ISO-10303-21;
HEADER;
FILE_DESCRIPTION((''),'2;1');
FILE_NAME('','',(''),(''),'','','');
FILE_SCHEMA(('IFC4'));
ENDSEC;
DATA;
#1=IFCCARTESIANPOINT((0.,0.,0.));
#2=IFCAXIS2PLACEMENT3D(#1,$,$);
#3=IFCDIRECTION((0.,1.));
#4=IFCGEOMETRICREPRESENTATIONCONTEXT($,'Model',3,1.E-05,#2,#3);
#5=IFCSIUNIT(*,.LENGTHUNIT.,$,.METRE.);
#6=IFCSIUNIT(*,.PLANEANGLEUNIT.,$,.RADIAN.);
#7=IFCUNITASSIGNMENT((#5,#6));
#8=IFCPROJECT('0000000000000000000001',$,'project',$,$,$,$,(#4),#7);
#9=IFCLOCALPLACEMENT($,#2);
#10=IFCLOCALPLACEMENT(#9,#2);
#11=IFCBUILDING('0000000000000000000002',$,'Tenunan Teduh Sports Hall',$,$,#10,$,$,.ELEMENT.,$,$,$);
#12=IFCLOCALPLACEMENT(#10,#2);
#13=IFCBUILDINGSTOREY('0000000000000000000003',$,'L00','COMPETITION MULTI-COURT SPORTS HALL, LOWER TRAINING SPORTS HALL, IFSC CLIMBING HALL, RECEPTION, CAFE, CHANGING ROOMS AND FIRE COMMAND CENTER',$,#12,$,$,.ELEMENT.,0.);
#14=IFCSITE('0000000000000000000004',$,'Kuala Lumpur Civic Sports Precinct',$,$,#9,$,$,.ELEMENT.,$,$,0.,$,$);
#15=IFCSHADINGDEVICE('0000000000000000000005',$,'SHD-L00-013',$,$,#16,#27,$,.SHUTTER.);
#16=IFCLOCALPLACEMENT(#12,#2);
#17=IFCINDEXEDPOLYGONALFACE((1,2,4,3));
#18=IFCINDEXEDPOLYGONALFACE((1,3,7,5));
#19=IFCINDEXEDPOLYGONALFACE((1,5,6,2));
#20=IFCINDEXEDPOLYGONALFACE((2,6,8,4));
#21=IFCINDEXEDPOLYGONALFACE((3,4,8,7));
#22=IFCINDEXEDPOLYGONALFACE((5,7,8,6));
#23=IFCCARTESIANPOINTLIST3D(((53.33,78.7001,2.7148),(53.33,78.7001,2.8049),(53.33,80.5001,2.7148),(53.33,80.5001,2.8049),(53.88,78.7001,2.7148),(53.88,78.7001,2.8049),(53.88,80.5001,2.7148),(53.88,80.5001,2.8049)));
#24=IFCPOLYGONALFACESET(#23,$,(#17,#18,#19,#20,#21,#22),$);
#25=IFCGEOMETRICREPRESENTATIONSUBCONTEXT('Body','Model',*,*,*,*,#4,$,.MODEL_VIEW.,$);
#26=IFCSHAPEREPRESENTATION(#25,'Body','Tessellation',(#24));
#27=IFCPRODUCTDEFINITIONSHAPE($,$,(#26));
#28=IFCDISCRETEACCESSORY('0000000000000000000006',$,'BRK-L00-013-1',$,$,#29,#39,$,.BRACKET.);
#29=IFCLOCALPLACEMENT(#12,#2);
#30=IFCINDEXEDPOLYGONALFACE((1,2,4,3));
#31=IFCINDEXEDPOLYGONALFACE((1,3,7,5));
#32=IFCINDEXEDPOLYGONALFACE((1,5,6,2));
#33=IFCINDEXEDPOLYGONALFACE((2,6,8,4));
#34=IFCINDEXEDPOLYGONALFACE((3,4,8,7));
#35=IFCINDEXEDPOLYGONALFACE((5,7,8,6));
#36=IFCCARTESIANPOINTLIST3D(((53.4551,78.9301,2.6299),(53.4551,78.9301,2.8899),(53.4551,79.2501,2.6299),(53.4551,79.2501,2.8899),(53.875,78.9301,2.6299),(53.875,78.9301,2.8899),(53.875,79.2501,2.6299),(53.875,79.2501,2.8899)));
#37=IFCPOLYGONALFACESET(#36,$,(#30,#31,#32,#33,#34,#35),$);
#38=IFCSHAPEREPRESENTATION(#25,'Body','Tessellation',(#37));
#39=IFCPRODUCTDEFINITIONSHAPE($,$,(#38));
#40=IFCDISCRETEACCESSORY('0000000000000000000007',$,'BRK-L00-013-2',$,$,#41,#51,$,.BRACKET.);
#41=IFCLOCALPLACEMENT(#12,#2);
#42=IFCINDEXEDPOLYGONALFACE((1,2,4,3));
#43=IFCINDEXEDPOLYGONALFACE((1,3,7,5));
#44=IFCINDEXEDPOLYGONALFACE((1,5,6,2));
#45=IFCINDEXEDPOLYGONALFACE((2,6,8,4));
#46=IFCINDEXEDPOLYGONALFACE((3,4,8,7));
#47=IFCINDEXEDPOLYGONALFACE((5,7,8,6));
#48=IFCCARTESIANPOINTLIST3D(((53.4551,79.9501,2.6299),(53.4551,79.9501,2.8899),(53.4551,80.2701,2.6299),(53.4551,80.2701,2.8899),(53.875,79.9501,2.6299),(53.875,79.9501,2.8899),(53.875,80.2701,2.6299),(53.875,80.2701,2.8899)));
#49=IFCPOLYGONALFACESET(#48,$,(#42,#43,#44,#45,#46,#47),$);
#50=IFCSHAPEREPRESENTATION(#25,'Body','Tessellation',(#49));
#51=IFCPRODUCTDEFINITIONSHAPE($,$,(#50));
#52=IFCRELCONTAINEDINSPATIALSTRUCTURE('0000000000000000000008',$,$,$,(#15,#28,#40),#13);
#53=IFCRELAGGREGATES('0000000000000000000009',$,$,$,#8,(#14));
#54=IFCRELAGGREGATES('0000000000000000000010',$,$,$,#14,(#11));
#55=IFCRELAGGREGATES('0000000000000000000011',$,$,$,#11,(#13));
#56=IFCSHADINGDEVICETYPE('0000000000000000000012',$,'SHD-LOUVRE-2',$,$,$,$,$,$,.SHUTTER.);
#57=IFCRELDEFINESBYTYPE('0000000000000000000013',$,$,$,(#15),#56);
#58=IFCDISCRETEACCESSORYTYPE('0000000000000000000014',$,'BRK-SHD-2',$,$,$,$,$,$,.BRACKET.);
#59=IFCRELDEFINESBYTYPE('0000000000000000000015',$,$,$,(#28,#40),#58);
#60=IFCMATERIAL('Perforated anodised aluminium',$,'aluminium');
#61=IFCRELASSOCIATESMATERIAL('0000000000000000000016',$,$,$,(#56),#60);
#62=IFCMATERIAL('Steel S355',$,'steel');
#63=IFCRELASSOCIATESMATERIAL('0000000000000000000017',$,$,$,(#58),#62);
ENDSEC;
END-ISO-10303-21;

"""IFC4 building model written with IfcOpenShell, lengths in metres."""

from ifc_helpers import new_model, si_unit, direction, frame, origin, origin_2d, place, context, subcontext, project, spatial, rectangle, extrude, material, type_object, element, save


model = new_model("IFC4")

# Units and contexts
model_context = context("Model", 3, precision=1e-05, world=origin(), true_north=direction((0.0, 1.0)))
body_context = subcontext(model_context, "Body", "Model", "MODEL_VIEW")
ifc_project = project(units=[si_unit("LENGTHUNIT", "METRE"), si_unit("PLANEANGLEUNIT", "RADIAN")], contexts=[model_context])

# Site, building, storey
site_placement = place(None, origin())
site = spatial("IfcSite", under=ifc_project, at=site_placement, Name="Kuala Lumpur Civic Sports Precinct", CompositionType="ELEMENT", RefElevation=0.0)
building_placement = place(site_placement, origin())
building = spatial("IfcBuilding", under=site, at=building_placement, Name="Tenunan Teduh Sports Hall", CompositionType="ELEMENT")
storey_placement = place(building_placement, origin())
storey = spatial("IfcBuildingStorey", under=building, at=storey_placement, Name="L00", Description="COMPETITION MULTI-COURT SPORTS HALL, LOWER TRAINING SPORTS HALL, IFSC CLIMBING HALL, RECEPTION, CAFE, CHANGING ROOMS AND FIRE COMMAND CENTER", CompositionType="ELEMENT", Elevation=0.0)

# Shading device
ifc_material_1 = material(Name="Perforated anodised aluminium", Category="aluminium")
shading_device_type = type_object("IfcShadingDeviceType", Name="SHD-LOUVRE-2", PredefinedType="SHUTTER", material=ifc_material_1)
shading_device_placement = place(storey_placement, frame((53.605, 79.6001, 2.7148), z_axis=(0.0, 0.0, 1.0), x_axis=(0.0, 1.0, 0.0)))
element("IfcShadingDevice", 1, at=shading_device_placement, inside=storey, type_object=shading_device_type, Name="SHD-L00-013", PredefinedType="SHUTTER", context=body_context, shape_type="SweptSolid", body=[
    extrude(rectangle(XDim=1.8, YDim=0.55, at=origin_2d()), origin(), (0.0, 0.0, 1.0), 0.0901),
])

# Discrete accessories
ifc_material_2 = material(Name="Steel S355", Category="steel")
discrete_accessory_type = type_object("IfcDiscreteAccessoryType", Name="BRK-SHD-2", PredefinedType="BRACKET", material=ifc_material_2)
for number, where, z_axis, x_axis, name in (
    (2, (53.665, 79.0901, 2.6299), (0.0, 0.0, 1.0), (0.0, 1.0, 0.0), "BRK-L00-013-1"),
    (3, (53.665, 80.1101, 2.6299), (0.0, 0.0, 1.0), (0.0, 1.0, 0.0), "BRK-L00-013-2"),
):
    element("IfcDiscreteAccessory", number, at=place(storey_placement, frame(where, z_axis=z_axis, x_axis=x_axis)), inside=storey, type_object=discrete_accessory_type, Name=name, PredefinedType="BRACKET", context=body_context, shape_type="SweptSolid", body=[
        extrude(rectangle(XDim=0.3201, YDim=0.4199, at=origin_2d()), origin(), (0.0, 0.0, 1.0), 0.26),
    ])

save(model, "model.ifc")
